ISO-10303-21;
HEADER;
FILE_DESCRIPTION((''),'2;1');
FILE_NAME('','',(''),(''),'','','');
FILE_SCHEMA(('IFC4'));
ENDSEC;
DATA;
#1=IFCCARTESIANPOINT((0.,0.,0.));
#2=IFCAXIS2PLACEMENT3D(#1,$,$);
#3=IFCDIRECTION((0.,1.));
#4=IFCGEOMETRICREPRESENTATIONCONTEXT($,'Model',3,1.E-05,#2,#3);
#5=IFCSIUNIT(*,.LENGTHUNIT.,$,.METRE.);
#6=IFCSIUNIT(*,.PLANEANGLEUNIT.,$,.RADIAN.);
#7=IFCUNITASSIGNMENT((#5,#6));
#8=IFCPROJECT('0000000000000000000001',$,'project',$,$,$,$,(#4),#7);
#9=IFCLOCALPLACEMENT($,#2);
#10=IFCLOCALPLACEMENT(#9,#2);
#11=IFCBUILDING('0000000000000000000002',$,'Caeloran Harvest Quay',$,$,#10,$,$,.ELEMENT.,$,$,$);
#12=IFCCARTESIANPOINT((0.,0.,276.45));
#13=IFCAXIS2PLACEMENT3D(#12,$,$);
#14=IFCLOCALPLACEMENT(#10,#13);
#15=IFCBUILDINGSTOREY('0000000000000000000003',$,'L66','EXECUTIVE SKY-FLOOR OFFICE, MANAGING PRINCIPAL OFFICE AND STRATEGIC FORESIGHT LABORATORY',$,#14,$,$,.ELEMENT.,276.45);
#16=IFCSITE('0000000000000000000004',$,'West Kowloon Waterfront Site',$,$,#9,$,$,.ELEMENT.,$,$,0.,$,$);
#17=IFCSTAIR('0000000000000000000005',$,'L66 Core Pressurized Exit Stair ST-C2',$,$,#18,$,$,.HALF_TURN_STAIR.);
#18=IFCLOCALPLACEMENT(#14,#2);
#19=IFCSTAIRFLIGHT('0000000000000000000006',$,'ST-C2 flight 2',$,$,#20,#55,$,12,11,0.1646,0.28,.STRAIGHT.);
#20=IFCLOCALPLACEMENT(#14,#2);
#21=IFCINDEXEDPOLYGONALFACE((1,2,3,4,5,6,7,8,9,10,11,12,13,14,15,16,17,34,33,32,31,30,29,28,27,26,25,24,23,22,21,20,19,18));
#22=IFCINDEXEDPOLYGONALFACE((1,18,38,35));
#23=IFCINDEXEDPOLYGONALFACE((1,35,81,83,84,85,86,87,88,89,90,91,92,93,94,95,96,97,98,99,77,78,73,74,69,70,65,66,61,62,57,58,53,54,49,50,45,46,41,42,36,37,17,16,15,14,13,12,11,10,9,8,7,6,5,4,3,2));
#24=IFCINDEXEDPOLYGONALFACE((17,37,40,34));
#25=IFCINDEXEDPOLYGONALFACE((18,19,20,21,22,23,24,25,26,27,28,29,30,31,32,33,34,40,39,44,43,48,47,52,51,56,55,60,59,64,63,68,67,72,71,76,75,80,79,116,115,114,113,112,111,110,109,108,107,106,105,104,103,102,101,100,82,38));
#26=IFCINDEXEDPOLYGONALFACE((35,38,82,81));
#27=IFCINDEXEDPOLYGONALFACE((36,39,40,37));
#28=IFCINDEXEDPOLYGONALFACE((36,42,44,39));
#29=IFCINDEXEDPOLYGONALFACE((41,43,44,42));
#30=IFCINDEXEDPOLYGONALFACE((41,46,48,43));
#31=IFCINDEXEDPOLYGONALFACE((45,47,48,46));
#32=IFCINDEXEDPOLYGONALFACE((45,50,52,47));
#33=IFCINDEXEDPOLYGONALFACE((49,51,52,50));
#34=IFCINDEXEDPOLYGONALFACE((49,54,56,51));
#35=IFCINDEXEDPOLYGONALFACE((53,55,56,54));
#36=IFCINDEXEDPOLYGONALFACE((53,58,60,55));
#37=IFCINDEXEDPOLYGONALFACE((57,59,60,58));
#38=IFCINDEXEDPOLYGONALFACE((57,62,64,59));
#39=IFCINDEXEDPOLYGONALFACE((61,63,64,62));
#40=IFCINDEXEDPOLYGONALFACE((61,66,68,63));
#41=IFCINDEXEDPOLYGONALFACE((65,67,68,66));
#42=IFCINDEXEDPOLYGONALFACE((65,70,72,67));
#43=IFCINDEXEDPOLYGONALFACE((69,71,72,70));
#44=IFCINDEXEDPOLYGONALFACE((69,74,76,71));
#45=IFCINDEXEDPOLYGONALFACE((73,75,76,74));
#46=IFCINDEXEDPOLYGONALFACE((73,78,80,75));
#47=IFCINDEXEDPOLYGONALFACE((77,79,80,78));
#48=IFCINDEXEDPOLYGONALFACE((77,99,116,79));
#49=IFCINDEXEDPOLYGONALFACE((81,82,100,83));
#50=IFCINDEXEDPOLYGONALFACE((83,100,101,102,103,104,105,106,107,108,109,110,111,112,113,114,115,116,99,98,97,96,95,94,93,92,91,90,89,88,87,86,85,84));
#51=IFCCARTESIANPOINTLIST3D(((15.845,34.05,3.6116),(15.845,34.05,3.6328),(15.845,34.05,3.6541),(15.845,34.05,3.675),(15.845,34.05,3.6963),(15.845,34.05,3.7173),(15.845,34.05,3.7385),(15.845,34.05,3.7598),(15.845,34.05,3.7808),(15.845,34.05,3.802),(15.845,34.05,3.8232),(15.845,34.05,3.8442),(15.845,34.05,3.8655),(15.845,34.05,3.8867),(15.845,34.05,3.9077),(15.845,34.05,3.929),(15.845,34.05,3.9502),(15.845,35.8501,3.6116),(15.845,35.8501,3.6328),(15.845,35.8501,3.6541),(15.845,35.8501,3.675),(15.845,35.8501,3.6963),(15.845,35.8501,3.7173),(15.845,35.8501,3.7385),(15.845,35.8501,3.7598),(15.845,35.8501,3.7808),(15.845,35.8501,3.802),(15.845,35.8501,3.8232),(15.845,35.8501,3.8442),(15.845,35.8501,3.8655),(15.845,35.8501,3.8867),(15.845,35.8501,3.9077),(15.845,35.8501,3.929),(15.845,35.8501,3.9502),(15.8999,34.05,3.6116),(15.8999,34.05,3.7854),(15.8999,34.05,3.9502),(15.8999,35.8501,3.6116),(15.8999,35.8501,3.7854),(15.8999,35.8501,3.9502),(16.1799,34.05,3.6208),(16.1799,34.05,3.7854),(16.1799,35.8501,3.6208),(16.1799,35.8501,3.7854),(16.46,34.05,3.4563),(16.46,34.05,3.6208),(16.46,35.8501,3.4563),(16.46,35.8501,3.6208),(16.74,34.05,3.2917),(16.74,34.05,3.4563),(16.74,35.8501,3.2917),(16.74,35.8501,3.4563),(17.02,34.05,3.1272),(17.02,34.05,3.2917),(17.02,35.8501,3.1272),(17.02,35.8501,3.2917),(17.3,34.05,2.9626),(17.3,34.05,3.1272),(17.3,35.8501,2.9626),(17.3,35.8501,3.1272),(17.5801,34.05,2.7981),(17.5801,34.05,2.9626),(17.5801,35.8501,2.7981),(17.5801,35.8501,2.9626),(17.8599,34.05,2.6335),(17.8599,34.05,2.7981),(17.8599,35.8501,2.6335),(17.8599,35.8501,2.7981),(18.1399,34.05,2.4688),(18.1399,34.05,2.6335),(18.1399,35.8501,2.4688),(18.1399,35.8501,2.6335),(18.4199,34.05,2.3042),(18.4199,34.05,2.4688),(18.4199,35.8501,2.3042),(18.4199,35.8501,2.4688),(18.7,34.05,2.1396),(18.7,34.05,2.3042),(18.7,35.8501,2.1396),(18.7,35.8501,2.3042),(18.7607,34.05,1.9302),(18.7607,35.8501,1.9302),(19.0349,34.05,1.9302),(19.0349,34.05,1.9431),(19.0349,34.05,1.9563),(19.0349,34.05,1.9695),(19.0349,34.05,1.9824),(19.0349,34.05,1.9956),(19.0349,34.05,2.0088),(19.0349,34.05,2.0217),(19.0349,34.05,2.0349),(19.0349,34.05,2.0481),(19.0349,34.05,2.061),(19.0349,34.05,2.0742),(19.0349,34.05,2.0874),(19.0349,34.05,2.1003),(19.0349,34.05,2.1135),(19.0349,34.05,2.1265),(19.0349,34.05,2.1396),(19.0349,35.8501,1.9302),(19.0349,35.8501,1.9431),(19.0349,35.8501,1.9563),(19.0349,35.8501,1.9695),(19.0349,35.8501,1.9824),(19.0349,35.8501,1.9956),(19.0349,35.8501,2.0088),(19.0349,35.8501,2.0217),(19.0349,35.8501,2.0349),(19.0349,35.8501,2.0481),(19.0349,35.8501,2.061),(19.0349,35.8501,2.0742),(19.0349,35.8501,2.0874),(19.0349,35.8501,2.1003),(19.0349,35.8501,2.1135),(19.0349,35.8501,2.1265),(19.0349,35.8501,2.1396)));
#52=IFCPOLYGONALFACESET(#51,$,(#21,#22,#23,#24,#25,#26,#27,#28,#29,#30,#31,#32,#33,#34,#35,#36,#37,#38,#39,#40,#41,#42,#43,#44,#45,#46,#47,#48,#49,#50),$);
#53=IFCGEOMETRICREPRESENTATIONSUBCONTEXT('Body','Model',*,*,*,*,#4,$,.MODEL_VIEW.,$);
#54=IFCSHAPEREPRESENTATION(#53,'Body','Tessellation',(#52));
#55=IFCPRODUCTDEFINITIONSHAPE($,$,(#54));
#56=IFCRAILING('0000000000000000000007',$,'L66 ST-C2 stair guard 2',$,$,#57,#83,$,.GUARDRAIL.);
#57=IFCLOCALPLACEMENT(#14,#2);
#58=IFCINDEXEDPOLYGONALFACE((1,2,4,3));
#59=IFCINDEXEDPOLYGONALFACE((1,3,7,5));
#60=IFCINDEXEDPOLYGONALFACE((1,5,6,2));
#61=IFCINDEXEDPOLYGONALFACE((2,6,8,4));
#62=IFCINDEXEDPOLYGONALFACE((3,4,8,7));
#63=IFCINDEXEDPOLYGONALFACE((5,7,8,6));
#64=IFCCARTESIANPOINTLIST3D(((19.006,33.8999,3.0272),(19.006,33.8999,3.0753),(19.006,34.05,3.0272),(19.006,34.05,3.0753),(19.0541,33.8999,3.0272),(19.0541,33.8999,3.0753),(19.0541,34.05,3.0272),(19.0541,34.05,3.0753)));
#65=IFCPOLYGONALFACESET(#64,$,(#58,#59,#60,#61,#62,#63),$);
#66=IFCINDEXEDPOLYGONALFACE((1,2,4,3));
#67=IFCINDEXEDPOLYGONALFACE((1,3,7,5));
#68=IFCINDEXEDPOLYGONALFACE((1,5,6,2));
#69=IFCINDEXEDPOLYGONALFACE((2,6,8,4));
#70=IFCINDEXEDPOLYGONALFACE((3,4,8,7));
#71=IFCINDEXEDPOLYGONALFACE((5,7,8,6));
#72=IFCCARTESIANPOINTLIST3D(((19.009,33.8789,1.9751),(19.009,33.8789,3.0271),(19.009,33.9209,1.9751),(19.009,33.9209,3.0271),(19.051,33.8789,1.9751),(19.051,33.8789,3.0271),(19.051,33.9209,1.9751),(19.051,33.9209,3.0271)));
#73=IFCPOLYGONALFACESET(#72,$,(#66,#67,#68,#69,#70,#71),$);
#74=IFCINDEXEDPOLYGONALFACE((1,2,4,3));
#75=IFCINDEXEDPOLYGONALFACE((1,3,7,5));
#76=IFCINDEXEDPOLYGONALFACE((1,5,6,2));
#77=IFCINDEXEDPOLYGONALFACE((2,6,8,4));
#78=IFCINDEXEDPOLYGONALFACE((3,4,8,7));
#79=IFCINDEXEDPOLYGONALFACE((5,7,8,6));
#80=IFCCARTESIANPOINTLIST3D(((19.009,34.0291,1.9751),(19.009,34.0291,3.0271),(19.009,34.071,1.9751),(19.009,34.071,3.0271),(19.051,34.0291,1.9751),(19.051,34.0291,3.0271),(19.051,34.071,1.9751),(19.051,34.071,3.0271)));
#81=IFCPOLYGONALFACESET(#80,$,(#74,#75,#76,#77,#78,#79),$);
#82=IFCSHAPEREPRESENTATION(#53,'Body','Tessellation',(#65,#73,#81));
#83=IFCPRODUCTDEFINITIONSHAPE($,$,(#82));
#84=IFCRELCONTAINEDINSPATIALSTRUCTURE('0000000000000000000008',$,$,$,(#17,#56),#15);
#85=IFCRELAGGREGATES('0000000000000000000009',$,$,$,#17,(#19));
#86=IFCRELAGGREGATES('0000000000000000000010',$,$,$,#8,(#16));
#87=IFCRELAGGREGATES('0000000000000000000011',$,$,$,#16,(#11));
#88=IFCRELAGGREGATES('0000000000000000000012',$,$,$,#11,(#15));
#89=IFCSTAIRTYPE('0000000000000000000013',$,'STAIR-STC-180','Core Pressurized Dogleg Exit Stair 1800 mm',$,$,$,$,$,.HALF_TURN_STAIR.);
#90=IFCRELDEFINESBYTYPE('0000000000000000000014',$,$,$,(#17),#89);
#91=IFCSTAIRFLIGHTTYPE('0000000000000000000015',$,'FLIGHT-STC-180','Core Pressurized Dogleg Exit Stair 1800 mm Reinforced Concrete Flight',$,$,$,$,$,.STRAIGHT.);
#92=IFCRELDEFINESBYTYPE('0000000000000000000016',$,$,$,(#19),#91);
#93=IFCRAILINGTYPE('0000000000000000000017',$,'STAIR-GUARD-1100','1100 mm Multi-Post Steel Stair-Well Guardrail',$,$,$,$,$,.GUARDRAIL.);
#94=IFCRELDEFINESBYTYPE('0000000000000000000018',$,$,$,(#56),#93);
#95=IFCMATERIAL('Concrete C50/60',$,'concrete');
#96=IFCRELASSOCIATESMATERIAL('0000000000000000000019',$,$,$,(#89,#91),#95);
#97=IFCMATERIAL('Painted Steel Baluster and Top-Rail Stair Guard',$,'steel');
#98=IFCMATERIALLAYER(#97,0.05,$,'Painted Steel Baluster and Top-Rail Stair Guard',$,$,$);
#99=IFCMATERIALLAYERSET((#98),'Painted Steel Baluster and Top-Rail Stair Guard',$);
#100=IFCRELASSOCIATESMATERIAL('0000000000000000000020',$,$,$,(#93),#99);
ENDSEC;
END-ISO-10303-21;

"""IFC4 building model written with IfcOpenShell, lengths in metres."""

from ifc_helpers import new_model, si_unit, direction, frame, origin, origin_2d, place, context, subcontext, project, spatial, polyline, rectangle, outline, extrude, material, layer, layer_set, type_object, element, aggregate, save


model = new_model("IFC4")

# Units and contexts
model_context = context("Model", 3, precision=1e-05, world=origin(), true_north=direction((0.0, 1.0)))
body_context = subcontext(model_context, "Body", "Model", "MODEL_VIEW")
ifc_project = project(units=[si_unit("LENGTHUNIT", "METRE"), si_unit("PLANEANGLEUNIT", "RADIAN")], contexts=[model_context])

# Site, building, storey
site_placement = place(None, origin())
site = spatial("IfcSite", under=ifc_project, at=site_placement, Name="West Kowloon Waterfront Site", CompositionType="ELEMENT", RefElevation=0.0)
building_placement = place(site_placement, origin())
building = spatial("IfcBuilding", under=site, at=building_placement, Name="Caeloran Harvest Quay", CompositionType="ELEMENT")
storey_placement = place(building_placement, frame((0.0, 0.0, 276.45)))
storey = spatial("IfcBuildingStorey", under=building, at=storey_placement, Name="L66", Description="EXECUTIVE SKY-FLOOR OFFICE, MANAGING PRINCIPAL OFFICE AND STRATEGIC FORESIGHT LABORATORY", CompositionType="ELEMENT", Elevation=276.45)

# Stair, stair flight
ifc_material_1 = material(Name="Concrete C50/60", Category="concrete")
stair_type = type_object("IfcStairType", Name="STAIR-STC-180", Description="Core Pressurized Dogleg Exit Stair 1800 mm", PredefinedType="HALF_TURN_STAIR", material=ifc_material_1)
stair_placement = place(storey_placement, origin())
stair = element("IfcStair", 1, at=stair_placement, inside=storey, type_object=stair_type, Name="L66 Core Pressurized Exit Stair ST-C2", PredefinedType="HALF_TURN_STAIR")
stair_flight_type = type_object("IfcStairFlightType", Name="FLIGHT-STC-180", Description="Core Pressurized Dogleg Exit Stair 1800 mm Reinforced Concrete Flight", PredefinedType="STRAIGHT", material=ifc_material_1)
stair_flight_placement = place(storey_placement, frame((18.98, 34.95, 1.9751), z_axis=(0.0, 0.0, 1.0), x_axis=(-1.0, 0.0, 0.0)))
stair_flight = element("IfcStairFlight", 2, at=stair_flight_placement, type_object=stair_flight_type, Name="ST-C2 flight 2", NumberOfRisers=12, NumberOfTreads=11, PredefinedType="STRAIGHT", RiserHeight=0.1646, TreadLength=0.28, context=body_context, shape_type="SweptSolid", body=[
    extrude(outline(polyline([(-0.0549, -0.0449), (-0.0549, -0.032), (-0.0549, -0.0188), (-0.0549, -0.0056), (-0.0549, 0.0073), (-0.0549, 0.0205), (-0.0549, 0.0337), (-0.0549, 0.0466), (-0.0549, 0.0598), (-0.0549, 0.073), (-0.0549, 0.0859), (-0.0549, 0.0991), (-0.0549, 0.1123), (-0.0549, 0.1252), (-0.0549, 0.1384), (-0.0549, 0.1514), (-0.0549, 0.1646), (0.28, 0.1646), (0.28, 0.3291), (0.5601, 0.3291), (0.5601, 0.4937), (0.8401, 0.4937), (0.8401, 0.6584), (1.1201, 0.6584), (1.1201, 0.823), (1.3999, 0.823), (1.3999, 0.9875), (1.6799, 0.9875), (1.6799, 1.1521), (1.96, 1.1521), (1.96, 1.3167), (2.24, 1.3167), (2.24, 1.4812), (2.52, 1.4812), (2.52, 1.6458), (2.8, 1.6458), (2.8, 1.8103), (3.0801, 1.8103), (3.0801, 1.9751), (3.135, 1.9751), (3.135, 1.9539), (3.135, 1.9326), (3.135, 1.9116), (3.135, 1.8904), (3.135, 1.8691), (3.135, 1.8481), (3.135, 1.8269), (3.135, 1.8057), (3.135, 1.7847), (3.135, 1.7634), (3.135, 1.7422), (3.135, 1.7212), (3.135, 1.7), (3.135, 1.679), (3.135, 1.6577), (3.135, 1.6365), (3.0801, 1.6365), (0.2192, -0.0449), (-0.0549, -0.0449)])), frame((0.0, 0.8999, 0.0), z_axis=(0.0, -1.0, 0.0), x_axis=(1.0, 0.0, 0.0)), (0.0, 0.0, 1.0), 1.8),
])
aggregate(stair, [stair_flight])

# Railing
ifc_material_2 = material(Name="Painted Steel Baluster and Top-Rail Stair Guard", Category="steel")
ifc_layer_1 = layer(ifc_material_2, 0.05, Name="Painted Steel Baluster and Top-Rail Stair Guard")
ifc_layer_set_1 = layer_set([ifc_layer_1], Name="Painted Steel Baluster and Top-Rail Stair Guard")
railing_type = type_object("IfcRailingType", Name="STAIR-GUARD-1100", Description="1100 mm Multi-Post Steel Stair-Well Guardrail", PredefinedType="GUARDRAIL", material=ifc_layer_set_1)
railing_placement = place(storey_placement, frame((19.03, 33.8999, 1.9751)))
element("IfcRailing", 3, at=railing_placement, inside=storey, type_object=railing_type, Name="L66 ST-C2 stair guard 2", PredefinedType="GUARDRAIL", context=body_context, shape_type="SweptSolid", body=[
    extrude(rectangle(XDim=0.0481, YDim=0.0481, at=origin_2d()), frame((0.0, 0.0, 1.0762), z_axis=(0.0, 1.0, 0.0), x_axis=(-1.0, 0.0, 0.0)), (0.0, 0.0, 1.0), 0.1501),
    extrude(rectangle(XDim=0.042, YDim=0.042, at=origin_2d()), origin(), (0.0, 0.0, 1.0), 1.052),
    extrude(rectangle(XDim=0.042, YDim=0.042, at=origin_2d()), frame((0.0, 0.1501, 0.0)), (0.0, 0.0, 1.0), 1.052),
])

save(model, "model.ifc")
